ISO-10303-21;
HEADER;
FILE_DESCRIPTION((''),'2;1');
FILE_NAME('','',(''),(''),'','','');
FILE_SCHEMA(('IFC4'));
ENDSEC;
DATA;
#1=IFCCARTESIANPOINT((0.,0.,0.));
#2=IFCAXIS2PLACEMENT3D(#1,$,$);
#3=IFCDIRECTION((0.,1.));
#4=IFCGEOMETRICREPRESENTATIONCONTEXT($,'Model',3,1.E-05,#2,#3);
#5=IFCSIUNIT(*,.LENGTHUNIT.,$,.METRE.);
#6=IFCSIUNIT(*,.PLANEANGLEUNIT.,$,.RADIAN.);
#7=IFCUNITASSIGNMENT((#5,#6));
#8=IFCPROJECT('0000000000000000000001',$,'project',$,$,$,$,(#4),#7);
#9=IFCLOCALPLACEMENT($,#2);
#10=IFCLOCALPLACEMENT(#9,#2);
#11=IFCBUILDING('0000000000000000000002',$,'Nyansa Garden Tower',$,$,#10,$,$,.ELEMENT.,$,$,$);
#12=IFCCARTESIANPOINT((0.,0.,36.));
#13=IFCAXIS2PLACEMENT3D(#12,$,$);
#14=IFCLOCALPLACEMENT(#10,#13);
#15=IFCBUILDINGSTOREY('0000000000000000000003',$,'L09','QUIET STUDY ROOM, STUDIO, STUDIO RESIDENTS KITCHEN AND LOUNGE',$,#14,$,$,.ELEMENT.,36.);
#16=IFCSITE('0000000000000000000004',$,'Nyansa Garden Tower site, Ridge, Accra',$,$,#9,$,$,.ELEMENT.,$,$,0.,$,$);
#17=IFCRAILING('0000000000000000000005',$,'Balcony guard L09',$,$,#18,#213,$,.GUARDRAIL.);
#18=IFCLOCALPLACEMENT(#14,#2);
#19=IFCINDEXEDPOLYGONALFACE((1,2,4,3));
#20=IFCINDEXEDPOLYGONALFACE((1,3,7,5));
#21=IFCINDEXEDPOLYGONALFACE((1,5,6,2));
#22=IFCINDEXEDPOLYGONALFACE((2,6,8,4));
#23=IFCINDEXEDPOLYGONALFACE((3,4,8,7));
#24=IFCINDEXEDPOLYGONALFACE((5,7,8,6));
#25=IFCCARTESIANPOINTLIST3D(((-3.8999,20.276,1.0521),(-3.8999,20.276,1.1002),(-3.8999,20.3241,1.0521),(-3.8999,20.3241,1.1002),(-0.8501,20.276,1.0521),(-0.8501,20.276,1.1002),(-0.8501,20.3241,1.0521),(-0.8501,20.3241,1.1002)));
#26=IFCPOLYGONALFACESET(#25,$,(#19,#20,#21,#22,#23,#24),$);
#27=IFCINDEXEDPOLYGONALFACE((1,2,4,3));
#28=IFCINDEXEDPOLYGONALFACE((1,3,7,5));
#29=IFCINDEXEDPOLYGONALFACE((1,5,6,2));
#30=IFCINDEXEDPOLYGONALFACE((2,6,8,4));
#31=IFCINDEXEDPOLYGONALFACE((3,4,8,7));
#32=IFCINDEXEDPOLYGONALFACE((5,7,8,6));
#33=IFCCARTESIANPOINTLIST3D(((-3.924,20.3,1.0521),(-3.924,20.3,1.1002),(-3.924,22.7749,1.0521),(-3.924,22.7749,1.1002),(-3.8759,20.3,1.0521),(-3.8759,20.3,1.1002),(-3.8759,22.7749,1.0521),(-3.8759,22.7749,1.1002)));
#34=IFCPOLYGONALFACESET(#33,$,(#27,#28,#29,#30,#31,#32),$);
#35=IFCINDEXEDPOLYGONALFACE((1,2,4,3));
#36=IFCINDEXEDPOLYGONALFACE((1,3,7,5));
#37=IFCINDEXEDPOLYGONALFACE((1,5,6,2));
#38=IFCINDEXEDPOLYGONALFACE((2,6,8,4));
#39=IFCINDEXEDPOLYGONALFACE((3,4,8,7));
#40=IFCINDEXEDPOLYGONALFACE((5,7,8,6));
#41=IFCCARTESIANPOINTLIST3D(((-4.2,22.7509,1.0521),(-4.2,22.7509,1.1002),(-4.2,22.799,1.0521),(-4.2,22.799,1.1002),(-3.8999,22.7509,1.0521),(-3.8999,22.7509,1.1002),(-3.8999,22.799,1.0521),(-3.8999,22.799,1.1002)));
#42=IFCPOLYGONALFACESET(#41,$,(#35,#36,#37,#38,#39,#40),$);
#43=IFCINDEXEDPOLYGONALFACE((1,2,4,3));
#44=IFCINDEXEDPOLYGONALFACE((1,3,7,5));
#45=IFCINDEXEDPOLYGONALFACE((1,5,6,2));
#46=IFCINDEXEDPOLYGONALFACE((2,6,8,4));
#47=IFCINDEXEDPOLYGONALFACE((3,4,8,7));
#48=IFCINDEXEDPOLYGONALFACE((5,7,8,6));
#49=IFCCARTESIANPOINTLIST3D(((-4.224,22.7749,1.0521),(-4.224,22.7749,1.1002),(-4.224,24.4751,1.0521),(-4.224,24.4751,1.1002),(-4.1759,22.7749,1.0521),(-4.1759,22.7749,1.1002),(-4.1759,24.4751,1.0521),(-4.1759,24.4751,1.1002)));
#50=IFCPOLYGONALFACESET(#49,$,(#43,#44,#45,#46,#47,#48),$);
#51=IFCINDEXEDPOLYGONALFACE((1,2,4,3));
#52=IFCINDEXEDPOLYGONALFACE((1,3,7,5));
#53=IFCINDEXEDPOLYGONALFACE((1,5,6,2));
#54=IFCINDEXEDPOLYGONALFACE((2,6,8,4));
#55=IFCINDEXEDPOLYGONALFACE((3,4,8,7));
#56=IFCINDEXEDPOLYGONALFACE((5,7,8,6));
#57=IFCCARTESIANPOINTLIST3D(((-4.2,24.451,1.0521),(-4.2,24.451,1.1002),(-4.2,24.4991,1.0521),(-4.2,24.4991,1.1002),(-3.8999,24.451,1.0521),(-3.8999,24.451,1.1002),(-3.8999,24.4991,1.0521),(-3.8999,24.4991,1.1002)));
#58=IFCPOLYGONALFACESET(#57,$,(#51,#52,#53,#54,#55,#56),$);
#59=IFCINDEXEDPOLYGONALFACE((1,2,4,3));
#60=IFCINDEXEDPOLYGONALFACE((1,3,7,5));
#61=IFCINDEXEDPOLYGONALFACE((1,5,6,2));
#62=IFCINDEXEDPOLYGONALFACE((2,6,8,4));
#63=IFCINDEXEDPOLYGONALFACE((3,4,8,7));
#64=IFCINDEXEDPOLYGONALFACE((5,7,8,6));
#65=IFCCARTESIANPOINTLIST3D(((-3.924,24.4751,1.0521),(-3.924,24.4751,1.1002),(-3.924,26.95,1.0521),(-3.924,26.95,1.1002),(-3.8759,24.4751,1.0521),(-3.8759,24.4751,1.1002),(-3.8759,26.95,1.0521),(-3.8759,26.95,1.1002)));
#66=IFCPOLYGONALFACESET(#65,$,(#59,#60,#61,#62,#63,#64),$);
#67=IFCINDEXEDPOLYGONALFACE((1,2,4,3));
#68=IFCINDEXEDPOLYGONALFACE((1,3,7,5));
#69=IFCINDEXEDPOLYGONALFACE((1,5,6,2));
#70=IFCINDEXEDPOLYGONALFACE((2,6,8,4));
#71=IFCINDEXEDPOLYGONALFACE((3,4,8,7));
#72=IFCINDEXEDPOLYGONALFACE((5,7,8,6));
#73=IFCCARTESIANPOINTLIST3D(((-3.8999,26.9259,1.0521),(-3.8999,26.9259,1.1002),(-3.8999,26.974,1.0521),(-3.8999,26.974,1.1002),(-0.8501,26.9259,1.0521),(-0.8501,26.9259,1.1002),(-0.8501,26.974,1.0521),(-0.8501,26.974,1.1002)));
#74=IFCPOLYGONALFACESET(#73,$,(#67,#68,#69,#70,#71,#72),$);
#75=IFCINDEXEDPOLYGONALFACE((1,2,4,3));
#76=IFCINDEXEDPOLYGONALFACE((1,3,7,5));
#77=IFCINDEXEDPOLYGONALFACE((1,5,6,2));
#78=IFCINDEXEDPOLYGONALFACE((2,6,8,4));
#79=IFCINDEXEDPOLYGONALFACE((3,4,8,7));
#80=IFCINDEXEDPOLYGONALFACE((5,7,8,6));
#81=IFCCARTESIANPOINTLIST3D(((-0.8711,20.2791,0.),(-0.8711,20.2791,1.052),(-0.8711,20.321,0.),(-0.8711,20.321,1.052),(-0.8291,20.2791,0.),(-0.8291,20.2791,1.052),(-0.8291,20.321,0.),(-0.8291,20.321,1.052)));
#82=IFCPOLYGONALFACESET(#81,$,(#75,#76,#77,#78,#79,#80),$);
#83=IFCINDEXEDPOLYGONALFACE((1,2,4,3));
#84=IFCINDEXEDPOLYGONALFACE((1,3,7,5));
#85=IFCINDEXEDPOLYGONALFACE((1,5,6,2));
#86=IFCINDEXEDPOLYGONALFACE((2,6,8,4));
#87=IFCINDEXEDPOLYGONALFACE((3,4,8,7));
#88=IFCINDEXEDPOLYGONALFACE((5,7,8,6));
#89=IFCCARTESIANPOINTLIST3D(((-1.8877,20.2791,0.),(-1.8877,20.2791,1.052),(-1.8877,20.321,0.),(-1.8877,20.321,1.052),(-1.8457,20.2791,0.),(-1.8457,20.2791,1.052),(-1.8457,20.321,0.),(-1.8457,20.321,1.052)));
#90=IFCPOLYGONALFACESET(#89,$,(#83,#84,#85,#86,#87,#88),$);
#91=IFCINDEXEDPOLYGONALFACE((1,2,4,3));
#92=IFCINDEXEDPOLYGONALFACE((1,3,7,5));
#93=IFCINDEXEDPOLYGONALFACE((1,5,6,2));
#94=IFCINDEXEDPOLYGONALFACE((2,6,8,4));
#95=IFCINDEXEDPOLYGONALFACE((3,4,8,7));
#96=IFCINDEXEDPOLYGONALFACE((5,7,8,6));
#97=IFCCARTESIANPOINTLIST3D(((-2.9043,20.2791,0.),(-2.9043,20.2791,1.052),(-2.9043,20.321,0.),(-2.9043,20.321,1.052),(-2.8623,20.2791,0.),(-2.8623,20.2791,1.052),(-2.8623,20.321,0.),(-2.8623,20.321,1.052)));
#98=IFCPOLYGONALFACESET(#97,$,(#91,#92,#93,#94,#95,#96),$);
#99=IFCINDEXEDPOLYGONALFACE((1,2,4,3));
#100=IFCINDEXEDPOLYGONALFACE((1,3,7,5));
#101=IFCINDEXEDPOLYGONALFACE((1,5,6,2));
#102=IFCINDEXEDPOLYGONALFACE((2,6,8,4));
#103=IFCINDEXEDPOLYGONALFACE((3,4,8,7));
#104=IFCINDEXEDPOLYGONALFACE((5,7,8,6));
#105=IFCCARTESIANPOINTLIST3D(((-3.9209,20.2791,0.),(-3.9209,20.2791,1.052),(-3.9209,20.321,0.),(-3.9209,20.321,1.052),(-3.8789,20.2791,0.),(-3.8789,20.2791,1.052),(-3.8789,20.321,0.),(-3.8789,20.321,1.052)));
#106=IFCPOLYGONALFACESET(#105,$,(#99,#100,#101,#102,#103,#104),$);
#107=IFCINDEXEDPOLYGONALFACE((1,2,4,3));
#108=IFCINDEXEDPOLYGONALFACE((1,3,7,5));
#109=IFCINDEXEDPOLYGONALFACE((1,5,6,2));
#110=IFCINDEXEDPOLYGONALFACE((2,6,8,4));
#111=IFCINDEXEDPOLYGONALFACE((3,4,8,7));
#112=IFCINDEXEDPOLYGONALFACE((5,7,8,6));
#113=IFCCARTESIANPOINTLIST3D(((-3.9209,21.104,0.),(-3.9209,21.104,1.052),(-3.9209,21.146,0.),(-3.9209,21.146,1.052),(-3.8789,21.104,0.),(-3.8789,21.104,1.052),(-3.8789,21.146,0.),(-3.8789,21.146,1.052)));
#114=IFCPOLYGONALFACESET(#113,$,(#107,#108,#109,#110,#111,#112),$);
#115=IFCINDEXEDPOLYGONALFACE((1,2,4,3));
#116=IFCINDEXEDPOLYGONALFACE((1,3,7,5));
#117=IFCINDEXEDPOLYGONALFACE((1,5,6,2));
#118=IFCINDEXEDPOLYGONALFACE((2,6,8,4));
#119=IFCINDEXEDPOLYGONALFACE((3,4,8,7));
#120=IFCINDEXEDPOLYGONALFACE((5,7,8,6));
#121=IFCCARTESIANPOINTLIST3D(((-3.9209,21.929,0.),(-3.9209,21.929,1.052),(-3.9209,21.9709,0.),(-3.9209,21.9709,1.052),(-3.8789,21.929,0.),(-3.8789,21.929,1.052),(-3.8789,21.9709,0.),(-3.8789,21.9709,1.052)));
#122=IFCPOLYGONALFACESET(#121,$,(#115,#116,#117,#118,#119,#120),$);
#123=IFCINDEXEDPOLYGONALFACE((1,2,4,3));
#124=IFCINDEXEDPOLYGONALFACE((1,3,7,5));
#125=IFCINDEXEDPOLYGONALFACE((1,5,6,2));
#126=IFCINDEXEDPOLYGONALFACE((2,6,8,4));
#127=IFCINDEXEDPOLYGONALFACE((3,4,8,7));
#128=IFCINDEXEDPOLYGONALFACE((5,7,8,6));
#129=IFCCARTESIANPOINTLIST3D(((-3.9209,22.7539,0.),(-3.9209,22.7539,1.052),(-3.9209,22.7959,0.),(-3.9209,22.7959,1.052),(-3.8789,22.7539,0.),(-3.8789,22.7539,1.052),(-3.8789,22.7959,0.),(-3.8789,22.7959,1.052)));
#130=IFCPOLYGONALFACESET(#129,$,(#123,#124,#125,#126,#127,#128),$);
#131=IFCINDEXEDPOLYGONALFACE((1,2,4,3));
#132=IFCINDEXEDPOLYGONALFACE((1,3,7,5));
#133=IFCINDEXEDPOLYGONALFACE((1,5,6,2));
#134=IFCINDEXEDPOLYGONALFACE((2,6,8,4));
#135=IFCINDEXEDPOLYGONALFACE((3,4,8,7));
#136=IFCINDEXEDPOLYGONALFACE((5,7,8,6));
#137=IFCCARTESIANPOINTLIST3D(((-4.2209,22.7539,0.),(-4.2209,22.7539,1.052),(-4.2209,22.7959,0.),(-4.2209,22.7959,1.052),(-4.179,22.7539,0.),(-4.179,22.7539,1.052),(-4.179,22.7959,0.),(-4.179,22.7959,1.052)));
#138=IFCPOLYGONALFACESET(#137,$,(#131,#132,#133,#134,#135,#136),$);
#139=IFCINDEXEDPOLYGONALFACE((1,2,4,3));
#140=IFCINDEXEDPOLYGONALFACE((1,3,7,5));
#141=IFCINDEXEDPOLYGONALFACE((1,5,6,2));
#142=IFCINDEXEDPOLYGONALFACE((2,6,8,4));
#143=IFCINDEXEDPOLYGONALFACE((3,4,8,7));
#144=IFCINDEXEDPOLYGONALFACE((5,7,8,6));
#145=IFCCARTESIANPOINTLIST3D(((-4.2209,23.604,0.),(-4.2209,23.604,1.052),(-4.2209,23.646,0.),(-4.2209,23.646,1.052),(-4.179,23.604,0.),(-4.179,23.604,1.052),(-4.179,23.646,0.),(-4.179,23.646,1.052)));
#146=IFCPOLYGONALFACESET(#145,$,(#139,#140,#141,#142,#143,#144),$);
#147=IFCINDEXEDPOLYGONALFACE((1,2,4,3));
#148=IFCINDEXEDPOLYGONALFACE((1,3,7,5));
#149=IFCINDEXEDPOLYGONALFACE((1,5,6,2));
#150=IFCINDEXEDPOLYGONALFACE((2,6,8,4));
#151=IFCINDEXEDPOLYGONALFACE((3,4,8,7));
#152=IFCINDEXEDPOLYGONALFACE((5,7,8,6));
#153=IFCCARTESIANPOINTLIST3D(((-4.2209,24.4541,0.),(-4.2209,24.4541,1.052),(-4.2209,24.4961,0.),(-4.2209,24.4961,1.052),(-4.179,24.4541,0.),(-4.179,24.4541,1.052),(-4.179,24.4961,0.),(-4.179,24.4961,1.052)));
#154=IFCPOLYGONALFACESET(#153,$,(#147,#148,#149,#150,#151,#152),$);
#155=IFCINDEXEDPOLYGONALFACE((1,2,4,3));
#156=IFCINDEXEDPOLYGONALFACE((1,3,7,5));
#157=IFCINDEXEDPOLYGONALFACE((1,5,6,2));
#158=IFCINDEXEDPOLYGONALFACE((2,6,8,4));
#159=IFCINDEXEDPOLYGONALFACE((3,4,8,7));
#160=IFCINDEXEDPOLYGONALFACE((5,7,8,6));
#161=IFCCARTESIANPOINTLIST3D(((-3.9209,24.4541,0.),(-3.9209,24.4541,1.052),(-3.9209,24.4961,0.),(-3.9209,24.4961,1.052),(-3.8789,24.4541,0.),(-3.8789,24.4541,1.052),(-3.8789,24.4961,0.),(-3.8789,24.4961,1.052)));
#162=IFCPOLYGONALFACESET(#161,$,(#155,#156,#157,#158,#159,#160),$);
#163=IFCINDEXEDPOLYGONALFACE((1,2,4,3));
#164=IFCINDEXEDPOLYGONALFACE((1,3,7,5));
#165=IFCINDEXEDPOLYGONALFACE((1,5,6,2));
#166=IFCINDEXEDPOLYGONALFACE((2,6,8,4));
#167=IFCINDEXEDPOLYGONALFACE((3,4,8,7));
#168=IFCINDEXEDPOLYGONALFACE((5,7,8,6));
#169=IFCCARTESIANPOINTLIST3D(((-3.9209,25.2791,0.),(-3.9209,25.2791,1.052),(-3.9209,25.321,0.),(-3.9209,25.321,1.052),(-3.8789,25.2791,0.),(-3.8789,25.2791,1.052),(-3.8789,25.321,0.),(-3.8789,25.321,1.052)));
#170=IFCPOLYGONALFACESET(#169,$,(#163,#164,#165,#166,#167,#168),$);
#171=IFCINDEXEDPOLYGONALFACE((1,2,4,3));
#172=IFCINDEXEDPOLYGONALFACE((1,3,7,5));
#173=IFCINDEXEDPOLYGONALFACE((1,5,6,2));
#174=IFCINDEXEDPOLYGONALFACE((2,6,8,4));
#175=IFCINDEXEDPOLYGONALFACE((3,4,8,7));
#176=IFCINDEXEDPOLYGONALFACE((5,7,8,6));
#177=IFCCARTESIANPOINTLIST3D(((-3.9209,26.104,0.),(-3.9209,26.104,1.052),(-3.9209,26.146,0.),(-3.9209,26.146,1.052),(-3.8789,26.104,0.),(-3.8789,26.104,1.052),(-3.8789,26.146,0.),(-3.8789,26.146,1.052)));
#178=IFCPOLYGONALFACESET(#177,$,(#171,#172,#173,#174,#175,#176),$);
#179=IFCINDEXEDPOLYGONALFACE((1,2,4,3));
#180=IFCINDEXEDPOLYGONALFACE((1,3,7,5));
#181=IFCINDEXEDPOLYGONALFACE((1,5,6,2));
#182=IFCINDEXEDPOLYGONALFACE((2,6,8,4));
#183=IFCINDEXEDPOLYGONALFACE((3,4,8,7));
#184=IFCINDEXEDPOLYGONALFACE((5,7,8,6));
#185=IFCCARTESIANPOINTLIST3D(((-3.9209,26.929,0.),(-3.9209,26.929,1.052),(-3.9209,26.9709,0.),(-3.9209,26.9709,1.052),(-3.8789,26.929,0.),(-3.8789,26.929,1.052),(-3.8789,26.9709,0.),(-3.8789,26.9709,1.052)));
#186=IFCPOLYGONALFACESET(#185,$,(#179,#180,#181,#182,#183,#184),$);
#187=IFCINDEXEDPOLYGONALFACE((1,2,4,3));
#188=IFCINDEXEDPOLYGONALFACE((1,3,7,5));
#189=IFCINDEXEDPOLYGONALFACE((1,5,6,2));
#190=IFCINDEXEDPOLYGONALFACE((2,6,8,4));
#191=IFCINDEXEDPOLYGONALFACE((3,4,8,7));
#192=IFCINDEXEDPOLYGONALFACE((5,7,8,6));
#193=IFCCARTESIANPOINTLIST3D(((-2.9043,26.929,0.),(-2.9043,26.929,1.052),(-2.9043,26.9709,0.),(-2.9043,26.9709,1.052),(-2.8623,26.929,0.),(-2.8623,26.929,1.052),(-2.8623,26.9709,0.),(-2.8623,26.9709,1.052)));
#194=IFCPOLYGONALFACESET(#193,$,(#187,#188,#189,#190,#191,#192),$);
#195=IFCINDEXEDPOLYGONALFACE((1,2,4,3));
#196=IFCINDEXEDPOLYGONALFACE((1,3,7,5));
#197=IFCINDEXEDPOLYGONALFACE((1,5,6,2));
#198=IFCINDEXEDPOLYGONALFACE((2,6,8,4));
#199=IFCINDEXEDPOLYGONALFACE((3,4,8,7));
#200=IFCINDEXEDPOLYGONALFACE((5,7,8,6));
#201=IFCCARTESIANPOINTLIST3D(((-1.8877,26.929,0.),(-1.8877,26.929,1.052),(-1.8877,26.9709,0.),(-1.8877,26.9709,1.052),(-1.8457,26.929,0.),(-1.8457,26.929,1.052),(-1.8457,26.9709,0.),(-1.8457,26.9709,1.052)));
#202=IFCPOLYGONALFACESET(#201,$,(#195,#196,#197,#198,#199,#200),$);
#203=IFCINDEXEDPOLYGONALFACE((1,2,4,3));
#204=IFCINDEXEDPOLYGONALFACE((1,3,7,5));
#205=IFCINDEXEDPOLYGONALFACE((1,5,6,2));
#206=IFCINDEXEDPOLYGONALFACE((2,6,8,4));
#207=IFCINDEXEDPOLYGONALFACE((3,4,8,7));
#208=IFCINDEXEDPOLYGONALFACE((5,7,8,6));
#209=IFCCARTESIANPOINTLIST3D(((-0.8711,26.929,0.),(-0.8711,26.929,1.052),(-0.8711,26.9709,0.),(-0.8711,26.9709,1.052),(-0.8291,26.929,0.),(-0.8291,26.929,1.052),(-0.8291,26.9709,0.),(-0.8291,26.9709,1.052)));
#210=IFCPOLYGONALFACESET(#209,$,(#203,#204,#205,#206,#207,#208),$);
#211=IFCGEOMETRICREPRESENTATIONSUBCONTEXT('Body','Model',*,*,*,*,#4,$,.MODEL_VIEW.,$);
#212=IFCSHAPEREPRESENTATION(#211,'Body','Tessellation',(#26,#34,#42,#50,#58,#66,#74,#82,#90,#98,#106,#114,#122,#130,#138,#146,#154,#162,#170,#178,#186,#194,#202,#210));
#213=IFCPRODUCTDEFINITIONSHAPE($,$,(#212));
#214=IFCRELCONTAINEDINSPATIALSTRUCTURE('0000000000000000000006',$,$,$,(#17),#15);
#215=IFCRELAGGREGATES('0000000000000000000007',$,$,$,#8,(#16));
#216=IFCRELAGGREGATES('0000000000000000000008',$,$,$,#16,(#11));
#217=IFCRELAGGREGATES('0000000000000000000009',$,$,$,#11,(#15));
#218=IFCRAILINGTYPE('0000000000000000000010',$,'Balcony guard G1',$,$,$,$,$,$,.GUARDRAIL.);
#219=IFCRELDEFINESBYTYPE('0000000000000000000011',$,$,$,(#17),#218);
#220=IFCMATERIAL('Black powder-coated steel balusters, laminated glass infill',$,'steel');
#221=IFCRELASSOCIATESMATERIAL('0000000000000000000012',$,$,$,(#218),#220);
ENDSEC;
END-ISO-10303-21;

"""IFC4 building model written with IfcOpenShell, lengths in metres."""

from ifc_helpers import new_model, si_unit, direction, frame, origin, origin_2d, place, context, subcontext, project, spatial, rectangle, extrude, material, type_object, element, save


model = new_model("IFC4")

# Units and contexts
model_context = context("Model", 3, precision=1e-05, world=origin(), true_north=direction((0.0, 1.0)))
body_context = subcontext(model_context, "Body", "Model", "MODEL_VIEW")
ifc_project = project(units=[si_unit("LENGTHUNIT", "METRE"), si_unit("PLANEANGLEUNIT", "RADIAN")], contexts=[model_context])

# Site, building, storey
site_placement = place(None, origin())
site = spatial("IfcSite", under=ifc_project, at=site_placement, Name="Nyansa Garden Tower site, Ridge, Accra", CompositionType="ELEMENT", RefElevation=0.0)
building_placement = place(site_placement, origin())
building = spatial("IfcBuilding", under=site, at=building_placement, Name="Nyansa Garden Tower", CompositionType="ELEMENT")
storey_placement = place(building_placement, frame((0.0, 0.0, 36.0)))
storey = spatial("IfcBuildingStorey", under=building, at=storey_placement, Name="L09", Description="QUIET STUDY ROOM, STUDIO, STUDIO RESIDENTS KITCHEN AND LOUNGE", CompositionType="ELEMENT", Elevation=36.0)

# Railing
ifc_material_1 = material(Name="Black powder-coated steel balusters, laminated glass infill", Category="steel")
railing_type = type_object("IfcRailingType", Name="Balcony guard G1", PredefinedType="GUARDRAIL", material=ifc_material_1)
railing_placement = place(storey_placement, frame((-0.8501, 20.3, 0.0)))
element("IfcRailing", 1, at=railing_placement, inside=storey, type_object=railing_type, Name="Balcony guard L09", PredefinedType="GUARDRAIL", context=body_context, shape_type="SweptSolid", body=[
    extrude(rectangle(XDim=0.0481, YDim=0.0481, at=origin_2d()), frame((0.0, 0.0, 1.0762), z_axis=(-1.0, 0.0, 0.0), x_axis=(0.0, -1.0, 0.0)), (0.0, 0.0, 1.0), 3.0498),
    extrude(rectangle(XDim=0.0481, YDim=0.0481, at=origin_2d()), frame((-3.0498, 0.0, 1.0762), z_axis=(0.0, 1.0, 0.0), x_axis=(-1.0, 0.0, 0.0)), (0.0, 0.0, 1.0), 2.4749),
    extrude(rectangle(XDim=0.0481, YDim=0.0481, at=origin_2d()), frame((-3.0498, 2.4749, 1.0762), z_axis=(-1.0, 0.0, 0.0), x_axis=(0.0, -1.0, 0.0)), (0.0, 0.0, 1.0), 0.3),
    extrude(rectangle(XDim=0.0481, YDim=0.0481, at=origin_2d()), frame((-3.3499, 2.4749, 1.0762), z_axis=(0.0, 1.0, 0.0), x_axis=(-1.0, 0.0, 0.0)), (0.0, 0.0, 1.0), 1.7002),
    extrude(rectangle(XDim=0.0481, YDim=0.0481, at=origin_2d()), frame((-3.3499, 4.175, 1.0762), z_axis=(1.0, 0.0, 0.0), x_axis=(0.0, 1.0, 0.0)), (0.0, 0.0, 1.0), 0.3),
    extrude(rectangle(XDim=0.0481, YDim=0.0481, at=origin_2d()), frame((-3.0498, 4.175, 1.0762), z_axis=(0.0, 1.0, 0.0), x_axis=(-1.0, 0.0, 0.0)), (0.0, 0.0, 1.0), 2.4749),
    extrude(rectangle(XDim=0.0481, YDim=0.0481, at=origin_2d()), frame((-3.0498, 6.6499, 1.0762), z_axis=(1.0, 0.0, 0.0), x_axis=(0.0, 1.0, 0.0)), (0.0, 0.0, 1.0), 3.0498),
    extrude(rectangle(XDim=0.042, YDim=0.042, at=origin_2d()), origin(), (0.0, 0.0, 1.0), 1.052),
    extrude(rectangle(XDim=0.042, YDim=0.042, at=origin_2d()), frame((-1.0166, 0.0, 0.0)), (0.0, 0.0, 1.0), 1.052),
    extrude(rectangle(XDim=0.042, YDim=0.042, at=origin_2d()), frame((-2.0332, 0.0, 0.0)), (0.0, 0.0, 1.0), 1.052),
    extrude(rectangle(XDim=0.042, YDim=0.042, at=origin_2d()), frame((-3.0498, 0.0, 0.0)), (0.0, 0.0, 1.0), 1.052),
    extrude(rectangle(XDim=0.042, YDim=0.042, at=origin_2d()), frame((-3.0498, 0.825, 0.0)), (0.0, 0.0, 1.0), 1.052),
    extrude(rectangle(XDim=0.042, YDim=0.042, at=origin_2d()), frame((-3.0498, 1.6499, 0.0)), (0.0, 0.0, 1.0), 1.052),
    extrude(rectangle(XDim=0.042, YDim=0.042, at=origin_2d()), frame((-3.0498, 2.4749, 0.0)), (0.0, 0.0, 1.0), 1.052),
    extrude(rectangle(XDim=0.042, YDim=0.042, at=origin_2d()), frame((-3.3499, 2.4749, 0.0)), (0.0, 0.0, 1.0), 1.052),
    extrude(rectangle(XDim=0.042, YDim=0.042, at=origin_2d()), frame((-3.3499, 3.325, 0.0)), (0.0, 0.0, 1.0), 1.052),
    extrude(rectangle(XDim=0.042, YDim=0.042, at=origin_2d()), frame((-3.3499, 4.175, 0.0)), (0.0, 0.0, 1.0), 1.052),
    extrude(rectangle(XDim=0.042, YDim=0.042, at=origin_2d()), frame((-3.0498, 4.175, 0.0)), (0.0, 0.0, 1.0), 1.052),
    extrude(rectangle(XDim=0.042, YDim=0.042, at=origin_2d()), frame((-3.0498, 5.0, 0.0)), (0.0, 0.0, 1.0), 1.052),
    extrude(rectangle(XDim=0.042, YDim=0.042, at=origin_2d()), frame((-3.0498, 5.825, 0.0)), (0.0, 0.0, 1.0), 1.052),
    extrude(rectangle(XDim=0.042, YDim=0.042, at=origin_2d()), frame((-3.0498, 6.6499, 0.0)), (0.0, 0.0, 1.0), 1.052),
    extrude(rectangle(XDim=0.042, YDim=0.042, at=origin_2d()), frame((-2.0332, 6.6499, 0.0)), (0.0, 0.0, 1.0), 1.052),
    extrude(rectangle(XDim=0.042, YDim=0.042, at=origin_2d()), frame((-1.0166, 6.6499, 0.0)), (0.0, 0.0, 1.0), 1.052),
    extrude(rectangle(XDim=0.042, YDim=0.042, at=origin_2d()), frame((0.0, 6.6499, 0.0)), (0.0, 0.0, 1.0), 1.052),
])

save(model, "model.ifc")
